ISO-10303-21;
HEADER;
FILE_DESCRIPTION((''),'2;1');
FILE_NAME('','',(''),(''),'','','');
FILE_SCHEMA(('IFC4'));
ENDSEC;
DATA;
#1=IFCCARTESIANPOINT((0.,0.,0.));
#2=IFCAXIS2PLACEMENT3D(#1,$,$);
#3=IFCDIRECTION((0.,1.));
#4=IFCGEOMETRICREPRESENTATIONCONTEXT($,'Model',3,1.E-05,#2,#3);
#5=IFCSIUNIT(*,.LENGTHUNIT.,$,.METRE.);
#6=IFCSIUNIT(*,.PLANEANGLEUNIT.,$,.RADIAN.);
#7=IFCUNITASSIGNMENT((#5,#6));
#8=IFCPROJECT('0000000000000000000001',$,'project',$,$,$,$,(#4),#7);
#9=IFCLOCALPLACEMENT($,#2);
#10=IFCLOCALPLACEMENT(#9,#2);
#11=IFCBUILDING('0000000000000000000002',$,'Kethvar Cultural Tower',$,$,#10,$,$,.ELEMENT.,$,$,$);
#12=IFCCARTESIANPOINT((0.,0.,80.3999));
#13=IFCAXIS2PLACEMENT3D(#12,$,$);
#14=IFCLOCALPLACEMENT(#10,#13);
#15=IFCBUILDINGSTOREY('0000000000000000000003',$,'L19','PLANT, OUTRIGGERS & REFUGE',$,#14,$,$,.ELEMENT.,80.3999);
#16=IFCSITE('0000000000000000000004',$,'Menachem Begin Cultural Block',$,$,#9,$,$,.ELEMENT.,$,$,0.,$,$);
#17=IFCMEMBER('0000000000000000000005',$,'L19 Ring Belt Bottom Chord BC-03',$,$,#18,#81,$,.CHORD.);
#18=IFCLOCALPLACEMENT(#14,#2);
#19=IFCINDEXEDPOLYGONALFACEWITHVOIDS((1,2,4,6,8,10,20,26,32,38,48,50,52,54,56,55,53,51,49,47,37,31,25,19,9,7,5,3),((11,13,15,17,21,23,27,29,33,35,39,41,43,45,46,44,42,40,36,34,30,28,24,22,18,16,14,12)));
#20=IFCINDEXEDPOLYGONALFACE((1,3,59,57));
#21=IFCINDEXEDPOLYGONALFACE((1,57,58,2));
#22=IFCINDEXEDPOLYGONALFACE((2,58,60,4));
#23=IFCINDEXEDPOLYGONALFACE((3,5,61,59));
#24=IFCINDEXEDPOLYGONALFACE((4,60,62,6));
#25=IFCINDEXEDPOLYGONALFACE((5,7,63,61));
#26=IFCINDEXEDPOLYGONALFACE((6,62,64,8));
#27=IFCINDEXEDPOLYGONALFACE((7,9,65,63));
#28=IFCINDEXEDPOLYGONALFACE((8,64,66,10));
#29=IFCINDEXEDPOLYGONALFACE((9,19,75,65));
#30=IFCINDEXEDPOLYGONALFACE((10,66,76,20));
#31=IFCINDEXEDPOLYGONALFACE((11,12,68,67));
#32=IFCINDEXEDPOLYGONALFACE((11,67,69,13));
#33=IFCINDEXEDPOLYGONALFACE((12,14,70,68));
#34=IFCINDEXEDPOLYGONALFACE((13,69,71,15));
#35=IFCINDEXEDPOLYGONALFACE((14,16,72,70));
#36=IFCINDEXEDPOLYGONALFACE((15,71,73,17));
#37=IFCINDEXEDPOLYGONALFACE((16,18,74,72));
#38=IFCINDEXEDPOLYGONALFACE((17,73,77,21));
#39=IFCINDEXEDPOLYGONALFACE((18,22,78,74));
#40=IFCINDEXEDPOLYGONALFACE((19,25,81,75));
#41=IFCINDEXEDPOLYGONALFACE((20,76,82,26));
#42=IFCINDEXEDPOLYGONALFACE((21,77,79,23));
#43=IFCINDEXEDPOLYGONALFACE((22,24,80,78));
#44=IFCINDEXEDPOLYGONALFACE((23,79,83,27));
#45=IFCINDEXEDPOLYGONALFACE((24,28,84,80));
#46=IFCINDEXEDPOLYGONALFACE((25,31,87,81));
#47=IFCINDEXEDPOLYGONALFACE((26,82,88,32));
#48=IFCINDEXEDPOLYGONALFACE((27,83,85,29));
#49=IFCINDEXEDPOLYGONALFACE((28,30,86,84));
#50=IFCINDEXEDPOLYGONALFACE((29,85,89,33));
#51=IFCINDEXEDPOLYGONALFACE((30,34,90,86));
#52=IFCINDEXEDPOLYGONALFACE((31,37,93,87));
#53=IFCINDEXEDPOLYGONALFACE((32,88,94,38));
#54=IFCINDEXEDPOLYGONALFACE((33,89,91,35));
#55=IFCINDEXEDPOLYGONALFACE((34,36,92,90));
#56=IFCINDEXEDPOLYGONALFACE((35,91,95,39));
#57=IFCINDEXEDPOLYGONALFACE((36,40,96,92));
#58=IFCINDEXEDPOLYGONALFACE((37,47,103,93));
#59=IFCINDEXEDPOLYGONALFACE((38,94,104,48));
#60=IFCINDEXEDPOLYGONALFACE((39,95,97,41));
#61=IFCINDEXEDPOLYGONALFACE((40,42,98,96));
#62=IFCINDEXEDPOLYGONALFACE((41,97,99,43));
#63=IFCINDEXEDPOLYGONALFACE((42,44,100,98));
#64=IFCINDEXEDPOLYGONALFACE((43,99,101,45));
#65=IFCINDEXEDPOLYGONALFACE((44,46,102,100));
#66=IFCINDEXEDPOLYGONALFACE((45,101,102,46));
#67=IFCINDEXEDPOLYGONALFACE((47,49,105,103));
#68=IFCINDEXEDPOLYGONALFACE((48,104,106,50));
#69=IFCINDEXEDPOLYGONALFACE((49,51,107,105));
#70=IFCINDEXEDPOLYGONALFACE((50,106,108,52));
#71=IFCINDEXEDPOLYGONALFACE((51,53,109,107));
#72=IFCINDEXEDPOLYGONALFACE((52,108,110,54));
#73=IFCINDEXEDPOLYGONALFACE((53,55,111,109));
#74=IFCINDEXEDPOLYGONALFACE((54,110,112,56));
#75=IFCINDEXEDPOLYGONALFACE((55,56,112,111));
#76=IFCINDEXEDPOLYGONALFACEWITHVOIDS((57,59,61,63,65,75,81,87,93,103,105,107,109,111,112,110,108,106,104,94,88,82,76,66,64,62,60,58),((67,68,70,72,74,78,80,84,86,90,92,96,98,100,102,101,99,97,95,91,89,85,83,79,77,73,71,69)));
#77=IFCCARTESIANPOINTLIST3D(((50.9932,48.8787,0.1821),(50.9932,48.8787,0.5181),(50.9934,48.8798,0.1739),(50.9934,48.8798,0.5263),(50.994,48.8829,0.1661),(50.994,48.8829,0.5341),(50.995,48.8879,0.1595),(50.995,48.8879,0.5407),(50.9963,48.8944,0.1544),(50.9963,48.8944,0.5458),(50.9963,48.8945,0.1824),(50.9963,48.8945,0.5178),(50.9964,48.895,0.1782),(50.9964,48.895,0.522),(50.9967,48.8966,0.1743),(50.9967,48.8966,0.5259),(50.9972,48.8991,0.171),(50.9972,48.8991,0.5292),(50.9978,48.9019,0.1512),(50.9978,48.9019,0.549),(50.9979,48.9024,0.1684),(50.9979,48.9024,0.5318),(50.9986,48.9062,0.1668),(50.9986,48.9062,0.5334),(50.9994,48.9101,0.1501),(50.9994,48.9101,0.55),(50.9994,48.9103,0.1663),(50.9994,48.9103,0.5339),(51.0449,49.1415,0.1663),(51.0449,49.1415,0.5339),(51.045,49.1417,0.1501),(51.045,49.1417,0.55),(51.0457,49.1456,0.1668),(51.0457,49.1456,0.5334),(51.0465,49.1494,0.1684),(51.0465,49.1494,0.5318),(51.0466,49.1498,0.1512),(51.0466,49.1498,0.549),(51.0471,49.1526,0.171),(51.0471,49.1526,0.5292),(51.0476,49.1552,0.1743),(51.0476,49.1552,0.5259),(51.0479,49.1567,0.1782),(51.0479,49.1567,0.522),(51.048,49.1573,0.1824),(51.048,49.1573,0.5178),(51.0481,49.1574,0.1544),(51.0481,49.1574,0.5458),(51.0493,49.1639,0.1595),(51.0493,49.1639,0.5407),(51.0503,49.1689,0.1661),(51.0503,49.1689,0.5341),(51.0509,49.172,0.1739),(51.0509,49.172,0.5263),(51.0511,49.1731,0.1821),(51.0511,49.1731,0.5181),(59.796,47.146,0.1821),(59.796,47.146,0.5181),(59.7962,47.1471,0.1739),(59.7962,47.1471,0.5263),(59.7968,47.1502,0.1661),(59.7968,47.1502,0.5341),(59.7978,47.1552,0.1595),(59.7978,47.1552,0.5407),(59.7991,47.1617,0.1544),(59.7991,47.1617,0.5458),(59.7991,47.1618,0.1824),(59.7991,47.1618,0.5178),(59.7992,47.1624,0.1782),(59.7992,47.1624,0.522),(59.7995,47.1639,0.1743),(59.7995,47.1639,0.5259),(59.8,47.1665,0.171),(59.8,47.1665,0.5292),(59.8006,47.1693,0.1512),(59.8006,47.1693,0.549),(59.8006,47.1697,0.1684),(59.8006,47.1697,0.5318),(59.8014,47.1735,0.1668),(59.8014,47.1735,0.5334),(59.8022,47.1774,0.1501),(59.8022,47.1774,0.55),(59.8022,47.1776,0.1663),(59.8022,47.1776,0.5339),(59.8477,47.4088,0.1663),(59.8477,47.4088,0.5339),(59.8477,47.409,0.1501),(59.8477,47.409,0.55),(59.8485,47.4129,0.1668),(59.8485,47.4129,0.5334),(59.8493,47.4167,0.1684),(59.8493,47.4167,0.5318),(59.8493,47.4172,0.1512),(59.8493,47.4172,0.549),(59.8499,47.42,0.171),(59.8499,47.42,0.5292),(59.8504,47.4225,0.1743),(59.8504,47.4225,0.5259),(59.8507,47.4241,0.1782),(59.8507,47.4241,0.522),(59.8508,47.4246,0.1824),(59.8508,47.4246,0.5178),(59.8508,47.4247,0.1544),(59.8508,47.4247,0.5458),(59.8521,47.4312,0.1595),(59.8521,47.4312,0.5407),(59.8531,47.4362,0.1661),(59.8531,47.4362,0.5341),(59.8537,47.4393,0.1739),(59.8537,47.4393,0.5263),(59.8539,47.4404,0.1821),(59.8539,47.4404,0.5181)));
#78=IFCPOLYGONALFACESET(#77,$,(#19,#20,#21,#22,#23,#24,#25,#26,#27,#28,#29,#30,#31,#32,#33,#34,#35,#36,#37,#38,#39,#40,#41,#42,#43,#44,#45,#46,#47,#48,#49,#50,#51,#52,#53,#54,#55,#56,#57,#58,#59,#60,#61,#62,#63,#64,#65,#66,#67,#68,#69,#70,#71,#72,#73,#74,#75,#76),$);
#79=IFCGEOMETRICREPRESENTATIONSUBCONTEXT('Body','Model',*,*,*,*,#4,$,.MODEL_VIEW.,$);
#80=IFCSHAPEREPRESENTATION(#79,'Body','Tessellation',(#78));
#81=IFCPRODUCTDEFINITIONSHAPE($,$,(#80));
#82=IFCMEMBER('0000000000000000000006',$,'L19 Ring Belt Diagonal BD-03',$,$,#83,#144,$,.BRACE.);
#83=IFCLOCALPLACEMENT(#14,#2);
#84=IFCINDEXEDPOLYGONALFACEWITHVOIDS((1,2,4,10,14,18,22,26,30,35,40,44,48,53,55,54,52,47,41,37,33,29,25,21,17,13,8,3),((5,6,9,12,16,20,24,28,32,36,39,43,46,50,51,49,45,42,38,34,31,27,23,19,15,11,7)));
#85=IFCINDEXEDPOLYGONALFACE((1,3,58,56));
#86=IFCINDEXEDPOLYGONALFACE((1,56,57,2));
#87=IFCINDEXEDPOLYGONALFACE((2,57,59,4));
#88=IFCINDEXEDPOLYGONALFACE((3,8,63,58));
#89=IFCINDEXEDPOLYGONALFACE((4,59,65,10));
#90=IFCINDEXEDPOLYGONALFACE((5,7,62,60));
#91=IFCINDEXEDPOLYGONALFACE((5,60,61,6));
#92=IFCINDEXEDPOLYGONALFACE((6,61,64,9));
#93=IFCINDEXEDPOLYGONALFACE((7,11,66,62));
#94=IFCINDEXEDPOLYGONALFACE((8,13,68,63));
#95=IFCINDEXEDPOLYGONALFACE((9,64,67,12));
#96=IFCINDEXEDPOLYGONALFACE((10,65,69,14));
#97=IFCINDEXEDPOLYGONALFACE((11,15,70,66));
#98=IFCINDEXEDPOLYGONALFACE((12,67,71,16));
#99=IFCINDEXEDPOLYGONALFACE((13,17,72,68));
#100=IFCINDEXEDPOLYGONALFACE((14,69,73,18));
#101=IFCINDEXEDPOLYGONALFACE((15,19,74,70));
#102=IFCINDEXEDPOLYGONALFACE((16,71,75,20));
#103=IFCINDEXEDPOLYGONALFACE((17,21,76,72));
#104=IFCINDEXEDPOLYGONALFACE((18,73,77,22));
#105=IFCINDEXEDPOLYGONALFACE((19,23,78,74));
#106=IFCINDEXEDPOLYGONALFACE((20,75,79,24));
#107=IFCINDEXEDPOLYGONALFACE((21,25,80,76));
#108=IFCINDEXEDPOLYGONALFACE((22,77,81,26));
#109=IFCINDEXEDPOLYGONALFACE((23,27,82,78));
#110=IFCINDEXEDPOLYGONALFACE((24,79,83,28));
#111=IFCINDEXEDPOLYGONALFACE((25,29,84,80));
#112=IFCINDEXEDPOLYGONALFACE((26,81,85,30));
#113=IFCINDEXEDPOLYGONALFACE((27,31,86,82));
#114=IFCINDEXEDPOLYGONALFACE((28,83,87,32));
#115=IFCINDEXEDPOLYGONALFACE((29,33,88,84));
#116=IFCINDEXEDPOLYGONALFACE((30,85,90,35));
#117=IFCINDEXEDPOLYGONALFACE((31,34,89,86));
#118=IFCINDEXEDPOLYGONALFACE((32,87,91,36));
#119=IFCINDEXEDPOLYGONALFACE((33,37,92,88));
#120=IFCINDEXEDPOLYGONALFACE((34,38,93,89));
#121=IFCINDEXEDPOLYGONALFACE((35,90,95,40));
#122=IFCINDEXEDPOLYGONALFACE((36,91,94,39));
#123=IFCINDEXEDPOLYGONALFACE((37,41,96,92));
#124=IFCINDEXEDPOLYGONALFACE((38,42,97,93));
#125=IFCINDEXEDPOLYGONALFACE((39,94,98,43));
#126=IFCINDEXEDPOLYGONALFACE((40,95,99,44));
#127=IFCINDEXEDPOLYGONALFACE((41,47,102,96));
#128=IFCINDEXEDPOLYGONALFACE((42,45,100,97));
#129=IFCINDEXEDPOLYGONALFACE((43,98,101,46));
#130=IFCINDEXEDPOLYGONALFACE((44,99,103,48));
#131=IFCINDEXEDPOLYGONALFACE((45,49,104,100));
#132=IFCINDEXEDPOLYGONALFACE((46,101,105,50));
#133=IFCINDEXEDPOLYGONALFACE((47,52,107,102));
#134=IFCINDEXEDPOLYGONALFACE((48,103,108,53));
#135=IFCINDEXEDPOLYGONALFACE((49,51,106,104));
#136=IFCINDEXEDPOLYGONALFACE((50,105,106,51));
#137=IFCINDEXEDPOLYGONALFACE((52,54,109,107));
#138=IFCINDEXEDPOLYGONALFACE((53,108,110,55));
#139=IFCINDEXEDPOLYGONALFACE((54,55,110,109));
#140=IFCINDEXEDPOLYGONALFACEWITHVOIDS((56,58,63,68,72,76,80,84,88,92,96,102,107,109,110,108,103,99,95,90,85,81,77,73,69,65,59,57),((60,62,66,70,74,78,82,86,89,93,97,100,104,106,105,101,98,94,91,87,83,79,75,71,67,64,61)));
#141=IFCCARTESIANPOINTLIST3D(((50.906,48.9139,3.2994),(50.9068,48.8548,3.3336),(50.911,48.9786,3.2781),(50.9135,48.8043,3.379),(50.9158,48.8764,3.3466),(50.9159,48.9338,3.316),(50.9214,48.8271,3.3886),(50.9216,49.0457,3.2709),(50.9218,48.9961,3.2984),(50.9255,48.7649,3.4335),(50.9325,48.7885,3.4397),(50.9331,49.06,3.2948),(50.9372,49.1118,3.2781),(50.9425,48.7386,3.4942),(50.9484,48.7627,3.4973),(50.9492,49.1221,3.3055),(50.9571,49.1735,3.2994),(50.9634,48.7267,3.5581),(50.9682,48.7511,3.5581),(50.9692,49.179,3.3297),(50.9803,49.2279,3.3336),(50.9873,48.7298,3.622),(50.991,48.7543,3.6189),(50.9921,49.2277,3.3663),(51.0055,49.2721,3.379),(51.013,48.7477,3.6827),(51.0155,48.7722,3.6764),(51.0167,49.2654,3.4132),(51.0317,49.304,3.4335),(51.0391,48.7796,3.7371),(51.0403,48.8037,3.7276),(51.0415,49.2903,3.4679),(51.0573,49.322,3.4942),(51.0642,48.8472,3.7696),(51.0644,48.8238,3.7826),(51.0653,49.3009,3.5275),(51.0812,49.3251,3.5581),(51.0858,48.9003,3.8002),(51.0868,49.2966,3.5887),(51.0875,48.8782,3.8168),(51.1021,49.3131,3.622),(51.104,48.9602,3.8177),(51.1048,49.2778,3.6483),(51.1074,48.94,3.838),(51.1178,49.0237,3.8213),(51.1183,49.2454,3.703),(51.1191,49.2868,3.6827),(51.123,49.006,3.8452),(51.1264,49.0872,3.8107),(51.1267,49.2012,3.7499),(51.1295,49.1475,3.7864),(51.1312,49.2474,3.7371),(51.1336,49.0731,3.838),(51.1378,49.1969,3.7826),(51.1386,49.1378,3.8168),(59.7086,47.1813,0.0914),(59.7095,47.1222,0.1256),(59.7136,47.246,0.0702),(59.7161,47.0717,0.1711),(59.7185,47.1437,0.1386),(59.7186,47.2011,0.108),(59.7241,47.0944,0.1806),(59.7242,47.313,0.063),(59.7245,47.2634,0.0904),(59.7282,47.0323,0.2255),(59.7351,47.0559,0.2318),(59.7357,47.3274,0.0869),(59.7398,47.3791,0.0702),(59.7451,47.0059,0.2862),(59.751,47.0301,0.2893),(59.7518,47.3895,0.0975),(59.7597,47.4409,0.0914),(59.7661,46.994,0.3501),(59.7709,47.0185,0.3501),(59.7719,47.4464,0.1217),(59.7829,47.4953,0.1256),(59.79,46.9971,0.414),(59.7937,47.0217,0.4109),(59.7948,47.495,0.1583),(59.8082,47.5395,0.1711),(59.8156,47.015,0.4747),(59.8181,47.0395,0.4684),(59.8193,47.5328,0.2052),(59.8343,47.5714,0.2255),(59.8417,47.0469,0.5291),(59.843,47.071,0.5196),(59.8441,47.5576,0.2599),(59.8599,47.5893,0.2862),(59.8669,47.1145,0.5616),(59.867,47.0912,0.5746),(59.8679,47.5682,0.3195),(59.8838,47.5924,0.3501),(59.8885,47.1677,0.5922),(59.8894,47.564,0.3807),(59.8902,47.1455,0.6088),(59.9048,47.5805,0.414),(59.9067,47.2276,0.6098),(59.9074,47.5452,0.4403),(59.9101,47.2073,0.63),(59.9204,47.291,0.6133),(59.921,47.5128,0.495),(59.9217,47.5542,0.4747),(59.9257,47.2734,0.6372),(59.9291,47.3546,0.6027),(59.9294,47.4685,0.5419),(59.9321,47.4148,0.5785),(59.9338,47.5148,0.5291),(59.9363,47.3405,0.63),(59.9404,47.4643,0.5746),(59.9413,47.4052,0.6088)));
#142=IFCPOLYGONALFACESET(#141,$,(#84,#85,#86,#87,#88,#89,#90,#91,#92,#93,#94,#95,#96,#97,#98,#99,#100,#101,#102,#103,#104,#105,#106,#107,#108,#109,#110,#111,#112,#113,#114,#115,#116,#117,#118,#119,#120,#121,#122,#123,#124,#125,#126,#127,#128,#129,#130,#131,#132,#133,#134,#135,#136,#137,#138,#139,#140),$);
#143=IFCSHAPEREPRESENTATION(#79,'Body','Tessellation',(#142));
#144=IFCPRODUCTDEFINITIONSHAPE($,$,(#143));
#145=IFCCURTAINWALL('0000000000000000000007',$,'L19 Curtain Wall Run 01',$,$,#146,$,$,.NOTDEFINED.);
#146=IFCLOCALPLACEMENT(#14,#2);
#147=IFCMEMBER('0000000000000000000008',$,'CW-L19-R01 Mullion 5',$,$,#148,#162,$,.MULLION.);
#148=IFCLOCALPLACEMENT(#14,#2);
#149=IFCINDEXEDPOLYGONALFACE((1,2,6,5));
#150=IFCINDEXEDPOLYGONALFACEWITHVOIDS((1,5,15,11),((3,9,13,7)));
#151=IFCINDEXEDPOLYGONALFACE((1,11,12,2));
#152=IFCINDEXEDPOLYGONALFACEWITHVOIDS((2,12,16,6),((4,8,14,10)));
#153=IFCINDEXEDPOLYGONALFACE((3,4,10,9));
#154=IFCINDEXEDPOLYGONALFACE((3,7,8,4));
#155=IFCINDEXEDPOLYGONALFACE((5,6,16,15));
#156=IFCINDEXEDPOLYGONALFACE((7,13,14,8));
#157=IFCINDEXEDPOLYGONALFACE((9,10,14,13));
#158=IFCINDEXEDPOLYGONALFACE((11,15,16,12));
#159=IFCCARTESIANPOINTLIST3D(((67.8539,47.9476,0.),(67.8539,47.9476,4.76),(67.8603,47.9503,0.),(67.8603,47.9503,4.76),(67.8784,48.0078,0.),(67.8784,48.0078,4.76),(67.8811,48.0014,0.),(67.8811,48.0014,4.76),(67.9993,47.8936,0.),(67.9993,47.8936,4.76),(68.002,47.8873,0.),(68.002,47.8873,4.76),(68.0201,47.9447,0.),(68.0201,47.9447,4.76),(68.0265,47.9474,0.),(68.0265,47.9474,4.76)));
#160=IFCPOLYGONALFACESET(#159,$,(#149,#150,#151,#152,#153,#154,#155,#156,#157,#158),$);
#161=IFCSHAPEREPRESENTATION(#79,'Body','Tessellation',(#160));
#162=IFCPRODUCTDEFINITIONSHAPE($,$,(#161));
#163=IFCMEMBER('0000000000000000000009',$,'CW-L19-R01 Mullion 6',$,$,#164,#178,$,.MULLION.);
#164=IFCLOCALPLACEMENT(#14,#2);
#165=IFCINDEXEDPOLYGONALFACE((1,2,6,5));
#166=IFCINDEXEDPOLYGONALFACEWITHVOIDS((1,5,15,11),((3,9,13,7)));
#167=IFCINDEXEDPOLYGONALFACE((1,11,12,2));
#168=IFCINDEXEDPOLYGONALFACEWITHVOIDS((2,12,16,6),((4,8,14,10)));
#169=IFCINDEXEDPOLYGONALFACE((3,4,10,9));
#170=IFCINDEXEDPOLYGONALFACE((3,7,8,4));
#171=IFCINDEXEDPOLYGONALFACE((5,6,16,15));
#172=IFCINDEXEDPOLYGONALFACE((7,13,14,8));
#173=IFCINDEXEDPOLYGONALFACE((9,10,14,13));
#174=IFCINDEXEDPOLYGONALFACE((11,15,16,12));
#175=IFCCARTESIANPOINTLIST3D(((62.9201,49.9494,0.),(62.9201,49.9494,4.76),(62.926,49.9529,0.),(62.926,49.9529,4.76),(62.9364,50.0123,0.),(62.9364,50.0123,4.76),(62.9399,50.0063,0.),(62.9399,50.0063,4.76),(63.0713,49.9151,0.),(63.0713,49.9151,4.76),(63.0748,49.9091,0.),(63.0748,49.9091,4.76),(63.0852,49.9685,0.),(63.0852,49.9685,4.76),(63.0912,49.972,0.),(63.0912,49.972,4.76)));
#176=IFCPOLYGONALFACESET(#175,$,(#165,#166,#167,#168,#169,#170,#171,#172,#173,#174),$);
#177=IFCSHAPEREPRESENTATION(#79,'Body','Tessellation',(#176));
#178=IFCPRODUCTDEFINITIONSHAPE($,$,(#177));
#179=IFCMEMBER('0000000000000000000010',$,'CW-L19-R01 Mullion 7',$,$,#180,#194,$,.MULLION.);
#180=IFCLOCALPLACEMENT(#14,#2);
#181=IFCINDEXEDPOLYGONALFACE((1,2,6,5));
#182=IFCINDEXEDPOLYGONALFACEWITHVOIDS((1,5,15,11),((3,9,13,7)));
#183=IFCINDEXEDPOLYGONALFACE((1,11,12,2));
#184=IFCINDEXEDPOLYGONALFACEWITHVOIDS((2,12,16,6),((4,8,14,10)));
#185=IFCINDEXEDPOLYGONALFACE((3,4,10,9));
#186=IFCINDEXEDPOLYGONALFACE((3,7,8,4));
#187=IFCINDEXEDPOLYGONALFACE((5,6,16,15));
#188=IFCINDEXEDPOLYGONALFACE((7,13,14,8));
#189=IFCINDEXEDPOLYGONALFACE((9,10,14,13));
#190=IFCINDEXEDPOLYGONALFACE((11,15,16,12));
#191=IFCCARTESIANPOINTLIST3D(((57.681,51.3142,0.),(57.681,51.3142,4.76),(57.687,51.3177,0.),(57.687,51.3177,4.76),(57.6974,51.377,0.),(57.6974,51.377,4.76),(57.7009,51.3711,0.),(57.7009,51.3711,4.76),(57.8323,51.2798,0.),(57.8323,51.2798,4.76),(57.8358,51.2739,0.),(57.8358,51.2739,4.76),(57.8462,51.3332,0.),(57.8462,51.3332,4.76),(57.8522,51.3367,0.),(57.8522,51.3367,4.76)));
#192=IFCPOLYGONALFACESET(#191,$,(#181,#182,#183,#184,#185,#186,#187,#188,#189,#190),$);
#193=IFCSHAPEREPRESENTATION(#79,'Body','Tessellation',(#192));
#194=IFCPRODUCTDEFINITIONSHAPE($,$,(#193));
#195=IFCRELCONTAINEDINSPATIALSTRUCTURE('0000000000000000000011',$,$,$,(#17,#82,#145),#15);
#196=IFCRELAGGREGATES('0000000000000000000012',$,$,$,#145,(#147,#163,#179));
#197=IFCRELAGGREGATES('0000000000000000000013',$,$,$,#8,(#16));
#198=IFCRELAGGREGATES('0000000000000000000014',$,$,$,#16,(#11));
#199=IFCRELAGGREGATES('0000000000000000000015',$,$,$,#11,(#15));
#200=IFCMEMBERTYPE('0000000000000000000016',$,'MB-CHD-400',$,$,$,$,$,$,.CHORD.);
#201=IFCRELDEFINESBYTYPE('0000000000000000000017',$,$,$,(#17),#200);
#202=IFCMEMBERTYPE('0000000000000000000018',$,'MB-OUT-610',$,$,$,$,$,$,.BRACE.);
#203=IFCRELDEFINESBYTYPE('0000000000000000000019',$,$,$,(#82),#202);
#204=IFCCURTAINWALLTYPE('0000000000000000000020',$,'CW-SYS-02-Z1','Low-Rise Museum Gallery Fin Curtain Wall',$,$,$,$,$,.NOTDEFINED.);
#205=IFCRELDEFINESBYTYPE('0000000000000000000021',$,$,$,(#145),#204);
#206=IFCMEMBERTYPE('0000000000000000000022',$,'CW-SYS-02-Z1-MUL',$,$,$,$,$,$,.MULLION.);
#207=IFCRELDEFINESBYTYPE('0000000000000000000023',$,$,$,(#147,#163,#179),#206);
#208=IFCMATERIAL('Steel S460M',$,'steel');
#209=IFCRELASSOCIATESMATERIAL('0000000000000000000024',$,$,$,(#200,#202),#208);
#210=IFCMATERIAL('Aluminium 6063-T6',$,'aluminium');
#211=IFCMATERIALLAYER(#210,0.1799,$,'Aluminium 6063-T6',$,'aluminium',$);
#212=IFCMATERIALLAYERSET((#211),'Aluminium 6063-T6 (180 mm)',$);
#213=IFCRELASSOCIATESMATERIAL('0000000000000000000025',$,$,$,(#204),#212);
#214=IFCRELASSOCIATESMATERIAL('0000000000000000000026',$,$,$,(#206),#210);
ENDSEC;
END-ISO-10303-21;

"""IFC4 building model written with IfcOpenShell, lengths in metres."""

from ifc_helpers import new_model, si_unit, direction, frame, origin, origin_2d, place, context, subcontext, project, spatial, hollow_rectangle, hollow_circle, extrude, source, transform, mapped, material, layer, layer_set, material_profile, profile_set, type_object, element, aggregate, save


model = new_model("IFC4")

# Units and contexts
model_context = context("Model", 3, precision=1e-05, world=origin(), true_north=direction((0.0, 1.0)))
body_context = subcontext(model_context, "Body", "Model", "MODEL_VIEW")
ifc_project = project(units=[si_unit("LENGTHUNIT", "METRE"), si_unit("PLANEANGLEUNIT", "RADIAN")], contexts=[model_context])

# Site, building, storey
site_placement = place(None, origin())
site = spatial("IfcSite", under=ifc_project, at=site_placement, Name="Menachem Begin Cultural Block", CompositionType="ELEMENT", RefElevation=0.0)
building_placement = place(site_placement, origin())
building = spatial("IfcBuilding", under=site, at=building_placement, Name="Kethvar Cultural Tower", CompositionType="ELEMENT")
storey_placement = place(building_placement, frame((0.0, 0.0, 80.3999)))
storey = spatial("IfcBuildingStorey", under=building, at=storey_placement, Name="L19", Description="PLANT, OUTRIGGERS & REFUGE", CompositionType="ELEMENT", Elevation=80.3999)

# Shared definitions
ifc_material_1 = material(Name="Steel S460M", Category="steel")

# Shared definitions
ifc_material_profile_1 = material_profile(ifc_material_1, hollow_rectangle(XDim=0.3, YDim=0.3999, WallThickness=0.0161, InnerFilletRadius=0.0161, OuterFilletRadius=0.032, at=origin_2d()), Name="Steel S460M — RHS400x300x16")
ifc_profile_set_1 = profile_set([ifc_material_profile_1], Name="Steel S460M — RHS400x300x16")
member_type_1 = type_object("IfcMemberType", Name="MB-CHD-400", PredefinedType="CHORD", material=ifc_profile_set_1)
ifc_material_profile_2 = material_profile(ifc_material_1, hollow_circle(Radius=0.3049, WallThickness=0.0249, at=origin_2d()), Name="Steel S460M — CHS610x25")
ifc_profile_set_2 = profile_set([ifc_material_profile_2], Name="Steel S460M — CHS610x25")
member_type_2 = type_object("IfcMemberType", Name="MB-OUT-610", PredefinedType="BRACE", material=ifc_profile_set_2)

# Members
shared_shape_1 = source(origin(), body_context, "Body", "SweptSolid", [
    extrude(hollow_rectangle(XDim=0.3, YDim=0.3999, WallThickness=0.0161, InnerFilletRadius=0.0161, OuterFilletRadius=0.032, at=origin_2d()), origin(), (0.0, 0.0, 1.0), 8.9717),
])
member_1_placement = place(storey_placement, frame((59.825, 47.2932, 0.3501), z_axis=(-0.981174, 0.193127, 0.0), x_axis=(-0.193127, -0.981174, 0.0)))
element("IfcMember", 1, at=member_1_placement, inside=storey, type_object=member_type_1, Name="L19 Ring Belt Bottom Chord BC-03", PredefinedType="CHORD", context=body_context, shape_type="MappedRepresentation", body=[
    mapped(shared_shape_1, transform((0.0, 0.0, 0.0), scale=1.0)),
])
shared_shape_2 = source(origin(), body_context, "Body", "SweptSolid", [
    extrude(hollow_circle(Radius=0.3049, WallThickness=0.0249, at=origin_2d()), origin(), (0.0, 0.0, 1.0), 9.5278),
])
member_2_placement = place(storey_placement, frame((59.825, 47.2932, 0.3501), z_axis=(-0.923887, 0.181851, 0.336695), x_axis=(-0.193127, -0.981174, 0.0)))
element("IfcMember", 2, at=member_2_placement, inside=storey, type_object=member_type_2, Name="L19 Ring Belt Diagonal BD-03", PredefinedType="BRACE", context=body_context, shape_type="MappedRepresentation", body=[
    mapped(shared_shape_2, transform((0.0, 0.0, 0.0), scale=1.0)),
])

# Curtain wall, members
ifc_material_2 = material(Name="Aluminium 6063-T6", Category="aluminium")
ifc_layer_1 = layer(ifc_material_2, 0.1799, Name="Aluminium 6063-T6", Category="aluminium")
ifc_layer_set_1 = layer_set([ifc_layer_1], Name="Aluminium 6063-T6 (180 mm)")
curtain_wall_type = type_object("IfcCurtainWallType", Name="CW-SYS-02-Z1", Description="Low-Rise Museum Gallery Fin Curtain Wall", PredefinedType="NOTDEFINED", material=ifc_layer_set_1)
curtain_wall_1_placement = place(storey_placement, origin())
curtain_wall_1 = element("IfcCurtainWall", 3, at=curtain_wall_1_placement, inside=storey, type_object=curtain_wall_type, Name="L19 Curtain Wall Run 01", PredefinedType="NOTDEFINED")
ifc_material_profile_3 = material_profile(ifc_material_2, hollow_rectangle(XDim=0.0649, YDim=0.1599, WallThickness=0.0049, at=origin_2d()), Name="Aluminium 6063-T6 — RHS160x65x5")
ifc_profile_set_3 = profile_set([ifc_material_profile_3], Name="Aluminium 6063-T6 — RHS160x65x5")
member_type_3 = type_object("IfcMemberType", Name="CW-SYS-02-Z1-MUL", PredefinedType="MULLION", material=ifc_profile_set_3)
shared_shape_3 = source(origin(), body_context, "Body", "SweptSolid", [
    extrude(hollow_rectangle(XDim=0.0649, YDim=0.1599, WallThickness=0.0049, at=origin_2d()), origin(), (0.0, 0.0, 1.0), 4.76),
])
member_3_placement = place(storey_placement, frame((67.9402, 47.9475, 0.0), z_axis=(0.0, 0.0, 1.0), x_axis=(-0.377566, -0.925983, 0.0)))
member_3 = element("IfcMember", 4, at=member_3_placement, type_object=member_type_3, Name="CW-L19-R01 Mullion 5", PredefinedType="MULLION", context=body_context, shape_type="MappedRepresentation", body=[
    mapped(shared_shape_3, transform((0.0, 0.0, 0.0), scale=1.0)),
])
member_4_placement = place(storey_placement, frame((63.0056, 49.9607, 0.0), z_axis=(0.0, 0.0, 1.0), x_axis=(-0.252069, -0.967709, 0.0)))
member_4 = element("IfcMember", 5, at=member_4_placement, type_object=member_type_3, Name="CW-L19-R01 Mullion 6", PredefinedType="MULLION", context=body_context, shape_type="MappedRepresentation", body=[
    mapped(shared_shape_3, transform((0.0, 0.0, 0.0), scale=1.0)),
])
member_5_placement = place(storey_placement, frame((57.7666, 51.3254, 0.0), z_axis=(0.0, 0.0, 1.0), x_axis=(-0.252069, -0.967709, 0.0)))
member_5 = element("IfcMember", 6, at=member_5_placement, type_object=member_type_3, Name="CW-L19-R01 Mullion 7", PredefinedType="MULLION", context=body_context, shape_type="MappedRepresentation", body=[
    mapped(shared_shape_3, transform((0.0, 0.0, 0.0), scale=1.0)),
])

aggregate(curtain_wall_1, [member_3, member_4, member_5])

save(model, "model.ifc")
